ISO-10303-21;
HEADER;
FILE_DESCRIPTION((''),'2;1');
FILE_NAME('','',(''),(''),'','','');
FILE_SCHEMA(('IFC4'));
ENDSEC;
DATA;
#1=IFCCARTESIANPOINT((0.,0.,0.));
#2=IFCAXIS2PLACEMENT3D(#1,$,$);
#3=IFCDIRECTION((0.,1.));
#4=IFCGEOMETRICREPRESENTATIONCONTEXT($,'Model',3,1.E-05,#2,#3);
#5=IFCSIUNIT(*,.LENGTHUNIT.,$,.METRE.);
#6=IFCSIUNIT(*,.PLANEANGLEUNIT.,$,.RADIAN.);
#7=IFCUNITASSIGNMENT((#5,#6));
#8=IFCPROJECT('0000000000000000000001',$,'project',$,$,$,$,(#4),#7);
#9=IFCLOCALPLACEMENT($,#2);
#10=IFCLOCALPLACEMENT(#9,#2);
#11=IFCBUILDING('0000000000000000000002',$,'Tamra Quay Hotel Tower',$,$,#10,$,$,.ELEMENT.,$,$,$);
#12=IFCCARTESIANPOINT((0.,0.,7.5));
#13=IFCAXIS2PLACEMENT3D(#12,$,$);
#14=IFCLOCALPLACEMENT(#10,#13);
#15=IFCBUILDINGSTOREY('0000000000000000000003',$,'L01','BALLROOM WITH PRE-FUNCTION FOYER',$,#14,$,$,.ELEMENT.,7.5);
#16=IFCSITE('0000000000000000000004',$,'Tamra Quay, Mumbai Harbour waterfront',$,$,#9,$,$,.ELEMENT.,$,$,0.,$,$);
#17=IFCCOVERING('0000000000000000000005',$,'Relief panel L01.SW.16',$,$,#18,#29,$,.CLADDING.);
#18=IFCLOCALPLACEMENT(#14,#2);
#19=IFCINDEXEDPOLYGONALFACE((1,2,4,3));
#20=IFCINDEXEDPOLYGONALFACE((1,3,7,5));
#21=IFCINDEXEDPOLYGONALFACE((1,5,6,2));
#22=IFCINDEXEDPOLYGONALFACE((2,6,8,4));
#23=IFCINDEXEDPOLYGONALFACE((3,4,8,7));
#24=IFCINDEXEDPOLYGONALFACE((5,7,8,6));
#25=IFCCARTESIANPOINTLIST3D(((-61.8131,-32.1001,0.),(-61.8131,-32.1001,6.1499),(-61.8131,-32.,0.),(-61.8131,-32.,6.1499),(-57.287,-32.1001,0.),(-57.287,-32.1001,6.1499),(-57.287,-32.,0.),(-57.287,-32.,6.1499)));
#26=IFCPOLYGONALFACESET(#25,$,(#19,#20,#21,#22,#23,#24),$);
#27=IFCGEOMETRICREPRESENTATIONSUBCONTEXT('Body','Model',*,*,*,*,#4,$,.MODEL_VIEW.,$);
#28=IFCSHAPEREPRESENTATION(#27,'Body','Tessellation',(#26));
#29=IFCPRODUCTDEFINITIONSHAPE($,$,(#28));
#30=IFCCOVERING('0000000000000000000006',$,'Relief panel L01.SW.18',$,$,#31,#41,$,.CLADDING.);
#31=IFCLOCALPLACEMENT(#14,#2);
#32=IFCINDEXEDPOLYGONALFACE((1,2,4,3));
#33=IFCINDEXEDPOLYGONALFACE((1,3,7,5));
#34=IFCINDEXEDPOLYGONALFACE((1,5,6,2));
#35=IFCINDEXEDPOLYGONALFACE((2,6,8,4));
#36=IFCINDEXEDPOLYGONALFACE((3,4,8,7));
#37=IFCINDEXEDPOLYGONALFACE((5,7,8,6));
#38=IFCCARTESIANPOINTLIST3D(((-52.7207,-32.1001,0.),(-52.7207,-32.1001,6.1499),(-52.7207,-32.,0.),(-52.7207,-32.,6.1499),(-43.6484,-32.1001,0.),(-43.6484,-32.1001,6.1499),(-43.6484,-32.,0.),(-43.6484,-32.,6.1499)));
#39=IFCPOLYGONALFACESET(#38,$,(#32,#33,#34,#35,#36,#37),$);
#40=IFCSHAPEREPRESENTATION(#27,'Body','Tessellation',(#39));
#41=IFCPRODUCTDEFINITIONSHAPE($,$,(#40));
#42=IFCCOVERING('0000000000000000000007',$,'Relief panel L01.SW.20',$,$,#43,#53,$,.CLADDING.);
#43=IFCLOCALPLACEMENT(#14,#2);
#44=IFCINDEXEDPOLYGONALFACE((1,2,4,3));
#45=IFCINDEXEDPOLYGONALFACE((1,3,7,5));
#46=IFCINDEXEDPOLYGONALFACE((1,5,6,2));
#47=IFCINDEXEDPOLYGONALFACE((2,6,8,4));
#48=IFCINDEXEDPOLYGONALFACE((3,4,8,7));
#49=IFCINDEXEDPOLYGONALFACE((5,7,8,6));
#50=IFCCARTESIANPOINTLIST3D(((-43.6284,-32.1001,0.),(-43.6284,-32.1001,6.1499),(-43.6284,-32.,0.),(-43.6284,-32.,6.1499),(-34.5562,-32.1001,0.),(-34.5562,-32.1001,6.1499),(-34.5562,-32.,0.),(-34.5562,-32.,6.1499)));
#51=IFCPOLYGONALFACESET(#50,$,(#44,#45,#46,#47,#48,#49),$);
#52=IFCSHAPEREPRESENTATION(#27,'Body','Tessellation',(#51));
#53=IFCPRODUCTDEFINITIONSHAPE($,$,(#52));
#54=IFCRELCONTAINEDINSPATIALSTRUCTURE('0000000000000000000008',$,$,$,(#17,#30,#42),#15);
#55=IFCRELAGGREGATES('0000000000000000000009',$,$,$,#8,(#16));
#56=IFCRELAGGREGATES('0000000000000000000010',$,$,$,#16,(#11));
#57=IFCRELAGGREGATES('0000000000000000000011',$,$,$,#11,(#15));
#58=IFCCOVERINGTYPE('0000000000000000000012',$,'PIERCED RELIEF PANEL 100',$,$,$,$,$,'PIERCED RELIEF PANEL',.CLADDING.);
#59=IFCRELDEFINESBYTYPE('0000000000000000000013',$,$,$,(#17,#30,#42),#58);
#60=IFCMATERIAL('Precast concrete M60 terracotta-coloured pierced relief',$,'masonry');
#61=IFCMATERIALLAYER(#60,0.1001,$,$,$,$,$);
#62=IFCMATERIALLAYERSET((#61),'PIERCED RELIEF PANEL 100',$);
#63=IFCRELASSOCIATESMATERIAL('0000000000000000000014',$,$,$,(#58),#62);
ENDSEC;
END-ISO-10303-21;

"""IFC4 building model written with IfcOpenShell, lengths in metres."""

from ifc_helpers import new_model, si_unit, direction, frame, origin, origin_2d, place, context, subcontext, project, spatial, rectangle, extrude, material, layer, layer_set, type_object, element, save


model = new_model("IFC4")

# Units and contexts
model_context = context("Model", 3, precision=1e-05, world=origin(), true_north=direction((0.0, 1.0)))
body_context = subcontext(model_context, "Body", "Model", "MODEL_VIEW")
ifc_project = project(units=[si_unit("LENGTHUNIT", "METRE"), si_unit("PLANEANGLEUNIT", "RADIAN")], contexts=[model_context])

# Site, building, storey
site_placement = place(None, origin())
site = spatial("IfcSite", under=ifc_project, at=site_placement, Name="Tamra Quay, Mumbai Harbour waterfront", CompositionType="ELEMENT", RefElevation=0.0)
building_placement = place(site_placement, origin())
building = spatial("IfcBuilding", under=site, at=building_placement, Name="Tamra Quay Hotel Tower", CompositionType="ELEMENT")
storey_placement = place(building_placement, frame((0.0, 0.0, 7.5)))
storey = spatial("IfcBuildingStorey", under=building, at=storey_placement, Name="L01", Description="BALLROOM WITH PRE-FUNCTION FOYER", CompositionType="ELEMENT", Elevation=7.5)

# Coverings
ifc_material_1 = material(Name="Precast concrete M60 terracotta-coloured pierced relief", Category="masonry")
ifc_layer_1 = layer(ifc_material_1, 0.1001)
ifc_layer_set_1 = layer_set([ifc_layer_1], Name="PIERCED RELIEF PANEL 100")
covering_type_1 = type_object("IfcCoveringType", Name="PIERCED RELIEF PANEL 100", ElementType="PIERCED RELIEF PANEL", PredefinedType="CLADDING", material=ifc_layer_set_1)
covering_1_placement = place(storey_placement, frame((-59.55, -32.05, 0.0), z_axis=(0.0, 0.0, 1.0), x_axis=(1.0, 0.0, 0.0)))
element("IfcCovering", 1, at=covering_1_placement, inside=storey, type_object=covering_type_1, Name="Relief panel L01.SW.16", PredefinedType="CLADDING", context=body_context, shape_type="SweptSolid", body=[
    extrude(rectangle(XDim=4.5261, YDim=0.1001, at=origin_2d()), origin(), (0.0, 0.0, 1.0), 6.1499),
])
for number, where, z_axis, x_axis, name in (
    (2, (-48.1846, -32.05, 0.0), (0.0, 0.0, 1.0), (1.0, 0.0, 0.0), "Relief panel L01.SW.18"),
    (3, (-39.0923, -32.05, 0.0), (0.0, 0.0, 1.0), (1.0, 0.0, 0.0), "Relief panel L01.SW.20"),
):
    element("IfcCovering", number, at=place(storey_placement, frame(where, z_axis=z_axis, x_axis=x_axis)), inside=storey, type_object=covering_type_1, Name=name, PredefinedType="CLADDING", context=body_context, shape_type="SweptSolid", body=[
        extrude(rectangle(XDim=9.0723, YDim=0.1001, at=origin_2d()), origin(), (0.0, 0.0, 1.0), 6.1499),
    ])

save(model, "model.ifc")
